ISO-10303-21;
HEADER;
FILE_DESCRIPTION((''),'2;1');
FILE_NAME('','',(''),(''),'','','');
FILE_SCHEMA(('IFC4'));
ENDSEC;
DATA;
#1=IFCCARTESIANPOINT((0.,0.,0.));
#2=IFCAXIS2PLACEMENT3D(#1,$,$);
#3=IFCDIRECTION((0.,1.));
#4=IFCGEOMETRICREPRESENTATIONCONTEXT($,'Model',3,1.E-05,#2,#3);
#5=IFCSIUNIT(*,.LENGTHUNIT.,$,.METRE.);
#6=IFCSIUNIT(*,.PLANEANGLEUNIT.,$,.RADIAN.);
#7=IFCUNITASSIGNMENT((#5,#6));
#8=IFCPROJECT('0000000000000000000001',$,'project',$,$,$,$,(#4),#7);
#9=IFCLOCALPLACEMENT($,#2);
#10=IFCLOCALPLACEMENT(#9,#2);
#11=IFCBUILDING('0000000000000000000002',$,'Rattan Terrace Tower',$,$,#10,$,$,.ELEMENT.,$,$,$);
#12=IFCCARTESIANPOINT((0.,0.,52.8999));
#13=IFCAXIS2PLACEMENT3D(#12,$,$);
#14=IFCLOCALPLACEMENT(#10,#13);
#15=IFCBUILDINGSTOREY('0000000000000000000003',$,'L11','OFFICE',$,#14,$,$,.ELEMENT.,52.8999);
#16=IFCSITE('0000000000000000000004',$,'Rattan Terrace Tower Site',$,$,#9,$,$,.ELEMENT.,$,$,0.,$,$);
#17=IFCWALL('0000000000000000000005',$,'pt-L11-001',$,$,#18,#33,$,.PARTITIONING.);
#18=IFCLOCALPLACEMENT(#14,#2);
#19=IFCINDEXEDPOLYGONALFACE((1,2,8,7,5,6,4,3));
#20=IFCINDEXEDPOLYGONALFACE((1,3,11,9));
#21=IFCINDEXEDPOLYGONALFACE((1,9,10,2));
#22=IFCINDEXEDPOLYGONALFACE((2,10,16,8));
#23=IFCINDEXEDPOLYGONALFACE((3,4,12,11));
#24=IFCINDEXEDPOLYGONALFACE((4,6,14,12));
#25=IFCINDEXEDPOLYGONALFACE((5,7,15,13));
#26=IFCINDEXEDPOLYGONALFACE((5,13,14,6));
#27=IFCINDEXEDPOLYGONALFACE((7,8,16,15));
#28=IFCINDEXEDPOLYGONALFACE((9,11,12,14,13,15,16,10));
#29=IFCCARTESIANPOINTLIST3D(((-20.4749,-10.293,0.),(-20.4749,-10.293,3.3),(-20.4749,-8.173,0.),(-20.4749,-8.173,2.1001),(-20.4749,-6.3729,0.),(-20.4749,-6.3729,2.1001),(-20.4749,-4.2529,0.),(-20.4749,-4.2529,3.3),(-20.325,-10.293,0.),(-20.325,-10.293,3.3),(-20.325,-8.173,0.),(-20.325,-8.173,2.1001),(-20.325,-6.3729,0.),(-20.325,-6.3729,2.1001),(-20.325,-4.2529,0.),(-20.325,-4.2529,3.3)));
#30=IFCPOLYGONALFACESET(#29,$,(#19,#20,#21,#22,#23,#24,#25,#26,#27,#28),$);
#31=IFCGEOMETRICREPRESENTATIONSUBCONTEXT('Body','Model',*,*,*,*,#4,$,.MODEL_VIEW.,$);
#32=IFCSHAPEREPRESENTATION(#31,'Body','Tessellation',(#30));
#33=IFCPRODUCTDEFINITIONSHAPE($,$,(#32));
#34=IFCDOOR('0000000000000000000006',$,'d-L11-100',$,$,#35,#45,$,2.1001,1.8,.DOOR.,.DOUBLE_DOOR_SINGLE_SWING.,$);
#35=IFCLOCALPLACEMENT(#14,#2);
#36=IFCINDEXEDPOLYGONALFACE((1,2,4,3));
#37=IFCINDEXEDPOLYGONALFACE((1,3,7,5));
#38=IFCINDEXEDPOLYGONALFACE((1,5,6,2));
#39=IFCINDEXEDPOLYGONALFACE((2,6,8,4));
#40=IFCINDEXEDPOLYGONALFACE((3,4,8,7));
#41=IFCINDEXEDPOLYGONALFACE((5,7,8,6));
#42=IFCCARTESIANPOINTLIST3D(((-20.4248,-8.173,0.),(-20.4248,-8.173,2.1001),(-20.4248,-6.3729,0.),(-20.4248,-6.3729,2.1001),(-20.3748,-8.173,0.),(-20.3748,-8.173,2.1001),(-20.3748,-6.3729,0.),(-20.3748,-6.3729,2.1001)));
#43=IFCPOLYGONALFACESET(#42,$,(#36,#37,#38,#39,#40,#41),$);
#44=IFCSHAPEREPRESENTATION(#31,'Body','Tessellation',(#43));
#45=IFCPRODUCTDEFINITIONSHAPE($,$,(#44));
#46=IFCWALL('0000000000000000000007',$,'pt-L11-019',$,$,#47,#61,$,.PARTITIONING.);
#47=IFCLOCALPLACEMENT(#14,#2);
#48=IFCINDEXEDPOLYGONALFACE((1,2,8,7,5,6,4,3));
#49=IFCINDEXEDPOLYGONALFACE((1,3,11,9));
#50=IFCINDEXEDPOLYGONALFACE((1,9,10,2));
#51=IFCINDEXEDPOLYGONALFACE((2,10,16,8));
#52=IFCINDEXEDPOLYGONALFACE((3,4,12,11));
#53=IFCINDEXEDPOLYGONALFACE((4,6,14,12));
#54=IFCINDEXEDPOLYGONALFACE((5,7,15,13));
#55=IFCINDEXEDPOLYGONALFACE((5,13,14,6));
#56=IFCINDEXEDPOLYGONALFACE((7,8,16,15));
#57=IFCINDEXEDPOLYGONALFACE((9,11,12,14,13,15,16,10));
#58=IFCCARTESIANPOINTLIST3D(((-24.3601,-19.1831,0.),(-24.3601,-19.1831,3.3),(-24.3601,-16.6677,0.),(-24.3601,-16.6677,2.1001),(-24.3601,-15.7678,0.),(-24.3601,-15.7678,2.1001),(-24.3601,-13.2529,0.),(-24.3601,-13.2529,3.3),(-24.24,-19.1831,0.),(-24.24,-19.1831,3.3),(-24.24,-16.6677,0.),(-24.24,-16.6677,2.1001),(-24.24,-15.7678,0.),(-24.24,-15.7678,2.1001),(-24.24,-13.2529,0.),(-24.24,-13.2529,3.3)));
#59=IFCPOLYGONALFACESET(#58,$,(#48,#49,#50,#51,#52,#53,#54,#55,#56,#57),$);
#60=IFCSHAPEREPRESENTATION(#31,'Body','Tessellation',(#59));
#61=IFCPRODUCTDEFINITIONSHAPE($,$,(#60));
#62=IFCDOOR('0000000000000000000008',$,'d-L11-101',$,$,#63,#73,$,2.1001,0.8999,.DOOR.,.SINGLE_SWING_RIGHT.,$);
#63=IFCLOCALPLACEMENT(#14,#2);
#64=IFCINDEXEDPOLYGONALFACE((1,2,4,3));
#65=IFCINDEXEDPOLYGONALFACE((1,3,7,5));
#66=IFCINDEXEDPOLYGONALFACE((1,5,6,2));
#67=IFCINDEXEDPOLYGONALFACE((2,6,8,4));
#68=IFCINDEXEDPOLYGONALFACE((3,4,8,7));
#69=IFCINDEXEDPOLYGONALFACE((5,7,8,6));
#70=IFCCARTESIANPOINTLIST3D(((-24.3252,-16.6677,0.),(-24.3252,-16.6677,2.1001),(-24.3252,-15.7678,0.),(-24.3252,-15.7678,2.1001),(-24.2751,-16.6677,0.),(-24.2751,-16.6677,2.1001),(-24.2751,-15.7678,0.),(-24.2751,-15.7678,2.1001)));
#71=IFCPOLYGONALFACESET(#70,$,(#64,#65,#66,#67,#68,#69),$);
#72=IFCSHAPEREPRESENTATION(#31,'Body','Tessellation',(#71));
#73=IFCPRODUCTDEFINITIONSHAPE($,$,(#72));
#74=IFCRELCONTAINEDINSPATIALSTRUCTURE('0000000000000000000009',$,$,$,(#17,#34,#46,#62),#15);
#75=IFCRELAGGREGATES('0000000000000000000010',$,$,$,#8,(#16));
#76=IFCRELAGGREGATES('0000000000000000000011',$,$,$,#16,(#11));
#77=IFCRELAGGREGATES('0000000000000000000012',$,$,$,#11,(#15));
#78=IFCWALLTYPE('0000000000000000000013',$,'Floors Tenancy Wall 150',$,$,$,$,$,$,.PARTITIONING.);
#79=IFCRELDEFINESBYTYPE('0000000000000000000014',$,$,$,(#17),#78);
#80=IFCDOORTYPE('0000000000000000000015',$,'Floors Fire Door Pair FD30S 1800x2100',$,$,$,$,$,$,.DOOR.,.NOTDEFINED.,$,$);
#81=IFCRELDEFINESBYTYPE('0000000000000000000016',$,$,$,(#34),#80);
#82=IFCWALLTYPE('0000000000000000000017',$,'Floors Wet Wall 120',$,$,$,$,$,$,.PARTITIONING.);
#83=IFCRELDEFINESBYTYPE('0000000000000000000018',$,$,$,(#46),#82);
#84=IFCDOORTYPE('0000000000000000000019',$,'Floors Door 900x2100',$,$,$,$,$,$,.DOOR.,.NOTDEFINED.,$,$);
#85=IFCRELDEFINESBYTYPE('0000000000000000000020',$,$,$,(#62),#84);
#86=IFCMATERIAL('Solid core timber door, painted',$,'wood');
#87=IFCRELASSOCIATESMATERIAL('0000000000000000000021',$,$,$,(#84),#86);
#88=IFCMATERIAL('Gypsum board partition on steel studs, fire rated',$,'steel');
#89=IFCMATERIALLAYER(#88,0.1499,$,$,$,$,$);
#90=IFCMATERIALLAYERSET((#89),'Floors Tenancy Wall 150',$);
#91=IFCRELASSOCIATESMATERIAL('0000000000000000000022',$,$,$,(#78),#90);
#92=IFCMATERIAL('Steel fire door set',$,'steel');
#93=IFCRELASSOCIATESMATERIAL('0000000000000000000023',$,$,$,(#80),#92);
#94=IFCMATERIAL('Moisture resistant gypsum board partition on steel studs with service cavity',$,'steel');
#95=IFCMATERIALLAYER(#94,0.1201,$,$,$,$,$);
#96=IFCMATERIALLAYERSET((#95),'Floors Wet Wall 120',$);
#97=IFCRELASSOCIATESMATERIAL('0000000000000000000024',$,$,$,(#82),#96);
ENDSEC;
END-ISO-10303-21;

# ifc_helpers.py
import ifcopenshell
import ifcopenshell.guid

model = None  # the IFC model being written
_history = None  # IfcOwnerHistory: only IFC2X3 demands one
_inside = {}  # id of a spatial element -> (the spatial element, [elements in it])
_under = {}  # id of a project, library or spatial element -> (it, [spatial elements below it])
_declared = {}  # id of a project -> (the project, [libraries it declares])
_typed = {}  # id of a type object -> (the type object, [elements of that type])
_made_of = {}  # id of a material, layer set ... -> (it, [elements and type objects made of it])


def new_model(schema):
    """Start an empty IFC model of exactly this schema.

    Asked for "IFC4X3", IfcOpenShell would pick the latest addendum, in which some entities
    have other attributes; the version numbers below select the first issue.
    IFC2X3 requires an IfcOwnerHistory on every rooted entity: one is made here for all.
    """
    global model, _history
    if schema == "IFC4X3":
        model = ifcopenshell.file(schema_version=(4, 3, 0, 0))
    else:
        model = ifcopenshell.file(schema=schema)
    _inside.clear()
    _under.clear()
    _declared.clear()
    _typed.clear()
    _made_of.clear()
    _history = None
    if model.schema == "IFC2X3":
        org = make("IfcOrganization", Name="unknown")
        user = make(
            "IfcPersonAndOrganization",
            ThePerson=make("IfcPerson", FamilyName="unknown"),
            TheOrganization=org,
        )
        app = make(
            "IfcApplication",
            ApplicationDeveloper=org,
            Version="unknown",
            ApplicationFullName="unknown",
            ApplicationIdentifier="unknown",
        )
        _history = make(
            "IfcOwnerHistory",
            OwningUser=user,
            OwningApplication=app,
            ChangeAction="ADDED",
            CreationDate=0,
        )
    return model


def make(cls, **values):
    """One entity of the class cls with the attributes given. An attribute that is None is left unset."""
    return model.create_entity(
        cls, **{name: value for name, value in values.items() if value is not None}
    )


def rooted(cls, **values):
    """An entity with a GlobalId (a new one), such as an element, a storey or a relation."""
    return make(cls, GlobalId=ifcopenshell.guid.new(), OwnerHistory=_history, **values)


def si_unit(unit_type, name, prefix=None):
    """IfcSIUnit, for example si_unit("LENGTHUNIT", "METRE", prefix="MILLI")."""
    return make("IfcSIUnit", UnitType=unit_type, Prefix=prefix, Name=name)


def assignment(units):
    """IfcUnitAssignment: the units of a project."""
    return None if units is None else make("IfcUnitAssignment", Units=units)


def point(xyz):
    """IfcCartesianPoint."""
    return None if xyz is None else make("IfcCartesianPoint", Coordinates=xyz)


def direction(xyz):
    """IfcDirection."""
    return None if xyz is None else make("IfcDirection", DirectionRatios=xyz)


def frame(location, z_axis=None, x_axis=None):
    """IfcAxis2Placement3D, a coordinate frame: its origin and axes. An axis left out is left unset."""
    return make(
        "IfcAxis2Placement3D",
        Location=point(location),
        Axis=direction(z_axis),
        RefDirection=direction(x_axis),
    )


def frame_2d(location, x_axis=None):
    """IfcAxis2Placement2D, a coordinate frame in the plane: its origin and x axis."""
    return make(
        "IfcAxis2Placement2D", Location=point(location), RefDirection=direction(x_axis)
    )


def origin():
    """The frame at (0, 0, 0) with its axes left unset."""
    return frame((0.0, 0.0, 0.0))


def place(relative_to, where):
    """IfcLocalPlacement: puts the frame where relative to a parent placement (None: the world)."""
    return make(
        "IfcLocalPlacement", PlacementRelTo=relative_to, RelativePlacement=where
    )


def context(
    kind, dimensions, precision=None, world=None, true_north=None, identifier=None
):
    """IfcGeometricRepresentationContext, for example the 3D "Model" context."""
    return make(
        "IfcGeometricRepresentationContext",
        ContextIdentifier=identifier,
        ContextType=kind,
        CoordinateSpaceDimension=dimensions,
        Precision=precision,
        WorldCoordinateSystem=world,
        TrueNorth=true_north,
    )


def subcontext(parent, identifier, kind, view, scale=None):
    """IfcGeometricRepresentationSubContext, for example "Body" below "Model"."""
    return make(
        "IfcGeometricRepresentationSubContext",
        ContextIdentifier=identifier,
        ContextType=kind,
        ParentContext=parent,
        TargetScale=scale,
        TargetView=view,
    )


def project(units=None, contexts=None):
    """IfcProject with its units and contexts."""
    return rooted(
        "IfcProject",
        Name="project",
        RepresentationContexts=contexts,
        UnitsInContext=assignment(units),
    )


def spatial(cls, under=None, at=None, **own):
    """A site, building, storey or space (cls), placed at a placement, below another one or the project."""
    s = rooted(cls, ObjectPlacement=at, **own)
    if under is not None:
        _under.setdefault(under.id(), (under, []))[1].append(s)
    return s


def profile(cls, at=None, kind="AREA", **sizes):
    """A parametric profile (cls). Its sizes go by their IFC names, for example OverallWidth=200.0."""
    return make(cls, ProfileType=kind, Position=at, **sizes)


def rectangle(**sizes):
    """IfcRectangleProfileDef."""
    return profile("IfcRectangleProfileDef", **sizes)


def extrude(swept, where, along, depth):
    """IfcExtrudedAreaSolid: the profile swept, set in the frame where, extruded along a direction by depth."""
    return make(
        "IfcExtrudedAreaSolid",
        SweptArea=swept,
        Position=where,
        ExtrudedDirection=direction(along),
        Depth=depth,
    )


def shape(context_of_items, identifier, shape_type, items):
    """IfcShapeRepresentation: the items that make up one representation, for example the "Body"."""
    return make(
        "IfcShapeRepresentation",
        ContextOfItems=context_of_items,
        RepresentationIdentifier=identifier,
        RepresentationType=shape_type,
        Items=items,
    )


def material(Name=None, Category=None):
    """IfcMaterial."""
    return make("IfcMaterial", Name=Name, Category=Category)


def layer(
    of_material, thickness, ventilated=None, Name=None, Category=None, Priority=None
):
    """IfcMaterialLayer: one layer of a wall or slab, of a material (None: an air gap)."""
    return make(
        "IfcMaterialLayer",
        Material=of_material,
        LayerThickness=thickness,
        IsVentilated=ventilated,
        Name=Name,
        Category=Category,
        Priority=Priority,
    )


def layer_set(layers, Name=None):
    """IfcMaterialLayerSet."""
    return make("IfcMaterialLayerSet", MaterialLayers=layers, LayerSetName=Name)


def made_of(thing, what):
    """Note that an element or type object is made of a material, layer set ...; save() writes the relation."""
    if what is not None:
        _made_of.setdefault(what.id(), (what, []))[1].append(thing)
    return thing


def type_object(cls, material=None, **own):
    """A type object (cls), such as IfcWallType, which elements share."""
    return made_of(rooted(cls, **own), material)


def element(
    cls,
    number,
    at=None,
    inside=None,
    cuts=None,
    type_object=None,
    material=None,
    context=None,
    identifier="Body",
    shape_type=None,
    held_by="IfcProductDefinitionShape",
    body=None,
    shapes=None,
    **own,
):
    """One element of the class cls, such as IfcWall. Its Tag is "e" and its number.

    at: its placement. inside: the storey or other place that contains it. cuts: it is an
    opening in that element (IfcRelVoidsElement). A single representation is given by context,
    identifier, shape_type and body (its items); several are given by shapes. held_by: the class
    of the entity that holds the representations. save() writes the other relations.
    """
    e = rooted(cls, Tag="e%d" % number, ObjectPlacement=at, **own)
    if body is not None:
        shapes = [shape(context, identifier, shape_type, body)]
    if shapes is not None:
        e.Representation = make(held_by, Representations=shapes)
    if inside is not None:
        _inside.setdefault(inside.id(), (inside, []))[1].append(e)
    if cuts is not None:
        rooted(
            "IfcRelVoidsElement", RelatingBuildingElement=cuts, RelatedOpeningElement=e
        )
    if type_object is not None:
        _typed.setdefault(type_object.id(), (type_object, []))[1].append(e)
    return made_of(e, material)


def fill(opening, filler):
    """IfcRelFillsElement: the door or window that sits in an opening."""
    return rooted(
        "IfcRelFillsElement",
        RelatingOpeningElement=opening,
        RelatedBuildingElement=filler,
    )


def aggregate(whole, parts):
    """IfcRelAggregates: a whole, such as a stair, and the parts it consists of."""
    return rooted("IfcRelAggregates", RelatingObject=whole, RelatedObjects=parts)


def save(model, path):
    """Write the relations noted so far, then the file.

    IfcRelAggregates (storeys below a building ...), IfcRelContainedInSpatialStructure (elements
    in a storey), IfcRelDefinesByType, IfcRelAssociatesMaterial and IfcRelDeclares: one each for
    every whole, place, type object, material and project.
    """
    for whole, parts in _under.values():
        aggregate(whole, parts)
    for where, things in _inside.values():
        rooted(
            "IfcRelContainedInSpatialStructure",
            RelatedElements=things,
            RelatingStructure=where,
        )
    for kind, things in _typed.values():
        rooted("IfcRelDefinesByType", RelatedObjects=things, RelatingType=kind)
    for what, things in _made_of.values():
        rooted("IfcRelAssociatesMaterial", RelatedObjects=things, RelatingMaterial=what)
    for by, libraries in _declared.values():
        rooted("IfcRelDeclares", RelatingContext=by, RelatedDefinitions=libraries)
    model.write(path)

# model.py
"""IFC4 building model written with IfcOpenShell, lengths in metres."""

from ifc_helpers import new_model, si_unit, direction, frame, frame_2d, origin, place, context, subcontext, project, spatial, rectangle, extrude, material, layer, layer_set, type_object, element, fill, save


model = new_model("IFC4")

# Units and contexts
model_context = context("Model", 3, precision=1e-05, world=origin(), true_north=direction((0.0, 1.0)))
body_context = subcontext(model_context, "Body", "Model", "MODEL_VIEW")
ifc_project = project(units=[si_unit("LENGTHUNIT", "METRE"), si_unit("PLANEANGLEUNIT", "RADIAN")], contexts=[model_context])

# Site, building, storey
site_placement = place(None, origin())
site = spatial("IfcSite", under=ifc_project, at=site_placement, Name="Rattan Terrace Tower Site", CompositionType="ELEMENT", RefElevation=0.0)
building_placement = place(site_placement, origin())
building = spatial("IfcBuilding", under=site, at=building_placement, Name="Rattan Terrace Tower", CompositionType="ELEMENT")
storey_placement = place(building_placement, frame((0.0, 0.0, 52.8999)))
storey = spatial("IfcBuildingStorey", under=building, at=storey_placement, Name="L11", Description="OFFICE", CompositionType="ELEMENT", Elevation=52.8999)

# Walls, openings, doors
ifc_material_1 = material(Name="Solid core timber door, painted", Category="wood")
door_type_1 = type_object("IfcDoorType", Name="Floors Door 900x2100", OperationType="NOTDEFINED", PredefinedType="DOOR", material=ifc_material_1)
ifc_material_2 = material(Name="Gypsum board partition on steel studs, fire rated", Category="steel")
ifc_layer_1 = layer(ifc_material_2, 0.1499)
ifc_layer_set_1 = layer_set([ifc_layer_1], Name="Floors Tenancy Wall 150")
wall_type_1 = type_object("IfcWallType", Name="Floors Tenancy Wall 150", PredefinedType="PARTITIONING", material=ifc_layer_set_1)
wall_1_placement = place(storey_placement, frame((-20.3999, -10.293, 0.0), z_axis=(0.0, 0.0, 1.0), x_axis=(0.0, 1.0, 0.0)))
wall_1 = element("IfcWall", 1, at=wall_1_placement, inside=storey, type_object=wall_type_1, Name="pt-L11-001", PredefinedType="PARTITIONING", context=body_context, shape_type="SweptSolid", body=[
    extrude(rectangle(XDim=6.04, YDim=0.1499, at=frame_2d((3.02, 0.0))), origin(), (0.0, 0.0, 1.0), 3.3),
])
opening_1_placement = place(wall_1_placement, frame((2.1201, 0.0, 0.0)))
opening_1 = element("IfcOpeningElement", 2, at=opening_1_placement, cuts=wall_1, PredefinedType="OPENING", context=body_context, shape_type="SweptSolid", body=[
    extrude(rectangle(XDim=1.8, YDim=2.1001, at=frame_2d((0.8999, 1.05))), frame((0.0, 0.0854, 0.0), z_axis=(0.0, -1.0, 0.0), x_axis=(1.0, 0.0, 0.0)), (0.0, 0.0, 1.0), 0.1709),
])
ifc_material_3 = material(Name="Steel fire door set", Category="steel")
door_type_2 = type_object("IfcDoorType", Name="Floors Fire Door Pair FD30S 1800x2100", OperationType="NOTDEFINED", PredefinedType="DOOR", material=ifc_material_3)
door_1_placement = place(opening_1_placement, origin())
door_1 = element("IfcDoor", 3, at=door_1_placement, inside=storey, type_object=door_type_2, Name="d-L11-100", OperationType="DOUBLE_DOOR_SINGLE_SWING", OverallHeight=2.1001, OverallWidth=1.8, PredefinedType="DOOR", context=body_context, shape_type="SweptSolid", body=[
    extrude(rectangle(XDim=1.8, YDim=2.1001, at=frame_2d((0.8999, 1.05))), frame((0.0, 0.0249, 0.0), z_axis=(0.0, -1.0, 0.0), x_axis=(1.0, 0.0, 0.0)), (0.0, 0.0, 1.0), 0.05),
])
fill(opening_1, door_1)
ifc_material_4 = material(Name="Moisture resistant gypsum board partition on steel studs with service cavity", Category="steel")
ifc_layer_2 = layer(ifc_material_4, 0.1201)
ifc_layer_set_2 = layer_set([ifc_layer_2], Name="Floors Wet Wall 120")
wall_type_2 = type_object("IfcWallType", Name="Floors Wet Wall 120", PredefinedType="PARTITIONING", material=ifc_layer_set_2)
wall_2_placement = place(storey_placement, frame((-24.3, -13.2529, 0.0), z_axis=(0.0, 0.0, 1.0), x_axis=(0.0, -1.0, 0.0)))
wall_2 = element("IfcWall", 4, at=wall_2_placement, inside=storey, type_object=wall_type_2, Name="pt-L11-019", PredefinedType="PARTITIONING", context=body_context, shape_type="SweptSolid", body=[
    extrude(rectangle(XDim=5.9302, YDim=0.1201, at=frame_2d((2.9651, 0.0))), origin(), (0.0, 0.0, 1.0), 3.3),
])
opening_2_placement = place(wall_2_placement, frame((2.5149, 0.0, 0.0)))
opening_2 = element("IfcOpeningElement", 5, at=opening_2_placement, cuts=wall_2, PredefinedType="OPENING", context=body_context, shape_type="SweptSolid", body=[
    extrude(rectangle(XDim=0.8999, YDim=2.1001, at=frame_2d((0.45, 1.05))), frame((0.0, 0.0706, 0.0), z_axis=(0.0, -1.0, 0.0), x_axis=(1.0, 0.0, 0.0)), (0.0, 0.0, 1.0), 0.1411),
])
door_2_placement = place(opening_2_placement, origin())
door_2 = element("IfcDoor", 6, at=door_2_placement, inside=storey, type_object=door_type_1, Name="d-L11-101", OperationType="SINGLE_SWING_RIGHT", OverallHeight=2.1001, OverallWidth=0.8999, PredefinedType="DOOR", context=body_context, shape_type="SweptSolid", body=[
    extrude(rectangle(XDim=0.8999, YDim=2.1001, at=frame_2d((0.45, 1.05))), frame((0.0, 0.0249, 0.0), z_axis=(0.0, -1.0, 0.0), x_axis=(1.0, 0.0, 0.0)), (0.0, 0.0, 1.0), 0.05),
])
fill(opening_2, door_2)

save(model, "model.ifc")
